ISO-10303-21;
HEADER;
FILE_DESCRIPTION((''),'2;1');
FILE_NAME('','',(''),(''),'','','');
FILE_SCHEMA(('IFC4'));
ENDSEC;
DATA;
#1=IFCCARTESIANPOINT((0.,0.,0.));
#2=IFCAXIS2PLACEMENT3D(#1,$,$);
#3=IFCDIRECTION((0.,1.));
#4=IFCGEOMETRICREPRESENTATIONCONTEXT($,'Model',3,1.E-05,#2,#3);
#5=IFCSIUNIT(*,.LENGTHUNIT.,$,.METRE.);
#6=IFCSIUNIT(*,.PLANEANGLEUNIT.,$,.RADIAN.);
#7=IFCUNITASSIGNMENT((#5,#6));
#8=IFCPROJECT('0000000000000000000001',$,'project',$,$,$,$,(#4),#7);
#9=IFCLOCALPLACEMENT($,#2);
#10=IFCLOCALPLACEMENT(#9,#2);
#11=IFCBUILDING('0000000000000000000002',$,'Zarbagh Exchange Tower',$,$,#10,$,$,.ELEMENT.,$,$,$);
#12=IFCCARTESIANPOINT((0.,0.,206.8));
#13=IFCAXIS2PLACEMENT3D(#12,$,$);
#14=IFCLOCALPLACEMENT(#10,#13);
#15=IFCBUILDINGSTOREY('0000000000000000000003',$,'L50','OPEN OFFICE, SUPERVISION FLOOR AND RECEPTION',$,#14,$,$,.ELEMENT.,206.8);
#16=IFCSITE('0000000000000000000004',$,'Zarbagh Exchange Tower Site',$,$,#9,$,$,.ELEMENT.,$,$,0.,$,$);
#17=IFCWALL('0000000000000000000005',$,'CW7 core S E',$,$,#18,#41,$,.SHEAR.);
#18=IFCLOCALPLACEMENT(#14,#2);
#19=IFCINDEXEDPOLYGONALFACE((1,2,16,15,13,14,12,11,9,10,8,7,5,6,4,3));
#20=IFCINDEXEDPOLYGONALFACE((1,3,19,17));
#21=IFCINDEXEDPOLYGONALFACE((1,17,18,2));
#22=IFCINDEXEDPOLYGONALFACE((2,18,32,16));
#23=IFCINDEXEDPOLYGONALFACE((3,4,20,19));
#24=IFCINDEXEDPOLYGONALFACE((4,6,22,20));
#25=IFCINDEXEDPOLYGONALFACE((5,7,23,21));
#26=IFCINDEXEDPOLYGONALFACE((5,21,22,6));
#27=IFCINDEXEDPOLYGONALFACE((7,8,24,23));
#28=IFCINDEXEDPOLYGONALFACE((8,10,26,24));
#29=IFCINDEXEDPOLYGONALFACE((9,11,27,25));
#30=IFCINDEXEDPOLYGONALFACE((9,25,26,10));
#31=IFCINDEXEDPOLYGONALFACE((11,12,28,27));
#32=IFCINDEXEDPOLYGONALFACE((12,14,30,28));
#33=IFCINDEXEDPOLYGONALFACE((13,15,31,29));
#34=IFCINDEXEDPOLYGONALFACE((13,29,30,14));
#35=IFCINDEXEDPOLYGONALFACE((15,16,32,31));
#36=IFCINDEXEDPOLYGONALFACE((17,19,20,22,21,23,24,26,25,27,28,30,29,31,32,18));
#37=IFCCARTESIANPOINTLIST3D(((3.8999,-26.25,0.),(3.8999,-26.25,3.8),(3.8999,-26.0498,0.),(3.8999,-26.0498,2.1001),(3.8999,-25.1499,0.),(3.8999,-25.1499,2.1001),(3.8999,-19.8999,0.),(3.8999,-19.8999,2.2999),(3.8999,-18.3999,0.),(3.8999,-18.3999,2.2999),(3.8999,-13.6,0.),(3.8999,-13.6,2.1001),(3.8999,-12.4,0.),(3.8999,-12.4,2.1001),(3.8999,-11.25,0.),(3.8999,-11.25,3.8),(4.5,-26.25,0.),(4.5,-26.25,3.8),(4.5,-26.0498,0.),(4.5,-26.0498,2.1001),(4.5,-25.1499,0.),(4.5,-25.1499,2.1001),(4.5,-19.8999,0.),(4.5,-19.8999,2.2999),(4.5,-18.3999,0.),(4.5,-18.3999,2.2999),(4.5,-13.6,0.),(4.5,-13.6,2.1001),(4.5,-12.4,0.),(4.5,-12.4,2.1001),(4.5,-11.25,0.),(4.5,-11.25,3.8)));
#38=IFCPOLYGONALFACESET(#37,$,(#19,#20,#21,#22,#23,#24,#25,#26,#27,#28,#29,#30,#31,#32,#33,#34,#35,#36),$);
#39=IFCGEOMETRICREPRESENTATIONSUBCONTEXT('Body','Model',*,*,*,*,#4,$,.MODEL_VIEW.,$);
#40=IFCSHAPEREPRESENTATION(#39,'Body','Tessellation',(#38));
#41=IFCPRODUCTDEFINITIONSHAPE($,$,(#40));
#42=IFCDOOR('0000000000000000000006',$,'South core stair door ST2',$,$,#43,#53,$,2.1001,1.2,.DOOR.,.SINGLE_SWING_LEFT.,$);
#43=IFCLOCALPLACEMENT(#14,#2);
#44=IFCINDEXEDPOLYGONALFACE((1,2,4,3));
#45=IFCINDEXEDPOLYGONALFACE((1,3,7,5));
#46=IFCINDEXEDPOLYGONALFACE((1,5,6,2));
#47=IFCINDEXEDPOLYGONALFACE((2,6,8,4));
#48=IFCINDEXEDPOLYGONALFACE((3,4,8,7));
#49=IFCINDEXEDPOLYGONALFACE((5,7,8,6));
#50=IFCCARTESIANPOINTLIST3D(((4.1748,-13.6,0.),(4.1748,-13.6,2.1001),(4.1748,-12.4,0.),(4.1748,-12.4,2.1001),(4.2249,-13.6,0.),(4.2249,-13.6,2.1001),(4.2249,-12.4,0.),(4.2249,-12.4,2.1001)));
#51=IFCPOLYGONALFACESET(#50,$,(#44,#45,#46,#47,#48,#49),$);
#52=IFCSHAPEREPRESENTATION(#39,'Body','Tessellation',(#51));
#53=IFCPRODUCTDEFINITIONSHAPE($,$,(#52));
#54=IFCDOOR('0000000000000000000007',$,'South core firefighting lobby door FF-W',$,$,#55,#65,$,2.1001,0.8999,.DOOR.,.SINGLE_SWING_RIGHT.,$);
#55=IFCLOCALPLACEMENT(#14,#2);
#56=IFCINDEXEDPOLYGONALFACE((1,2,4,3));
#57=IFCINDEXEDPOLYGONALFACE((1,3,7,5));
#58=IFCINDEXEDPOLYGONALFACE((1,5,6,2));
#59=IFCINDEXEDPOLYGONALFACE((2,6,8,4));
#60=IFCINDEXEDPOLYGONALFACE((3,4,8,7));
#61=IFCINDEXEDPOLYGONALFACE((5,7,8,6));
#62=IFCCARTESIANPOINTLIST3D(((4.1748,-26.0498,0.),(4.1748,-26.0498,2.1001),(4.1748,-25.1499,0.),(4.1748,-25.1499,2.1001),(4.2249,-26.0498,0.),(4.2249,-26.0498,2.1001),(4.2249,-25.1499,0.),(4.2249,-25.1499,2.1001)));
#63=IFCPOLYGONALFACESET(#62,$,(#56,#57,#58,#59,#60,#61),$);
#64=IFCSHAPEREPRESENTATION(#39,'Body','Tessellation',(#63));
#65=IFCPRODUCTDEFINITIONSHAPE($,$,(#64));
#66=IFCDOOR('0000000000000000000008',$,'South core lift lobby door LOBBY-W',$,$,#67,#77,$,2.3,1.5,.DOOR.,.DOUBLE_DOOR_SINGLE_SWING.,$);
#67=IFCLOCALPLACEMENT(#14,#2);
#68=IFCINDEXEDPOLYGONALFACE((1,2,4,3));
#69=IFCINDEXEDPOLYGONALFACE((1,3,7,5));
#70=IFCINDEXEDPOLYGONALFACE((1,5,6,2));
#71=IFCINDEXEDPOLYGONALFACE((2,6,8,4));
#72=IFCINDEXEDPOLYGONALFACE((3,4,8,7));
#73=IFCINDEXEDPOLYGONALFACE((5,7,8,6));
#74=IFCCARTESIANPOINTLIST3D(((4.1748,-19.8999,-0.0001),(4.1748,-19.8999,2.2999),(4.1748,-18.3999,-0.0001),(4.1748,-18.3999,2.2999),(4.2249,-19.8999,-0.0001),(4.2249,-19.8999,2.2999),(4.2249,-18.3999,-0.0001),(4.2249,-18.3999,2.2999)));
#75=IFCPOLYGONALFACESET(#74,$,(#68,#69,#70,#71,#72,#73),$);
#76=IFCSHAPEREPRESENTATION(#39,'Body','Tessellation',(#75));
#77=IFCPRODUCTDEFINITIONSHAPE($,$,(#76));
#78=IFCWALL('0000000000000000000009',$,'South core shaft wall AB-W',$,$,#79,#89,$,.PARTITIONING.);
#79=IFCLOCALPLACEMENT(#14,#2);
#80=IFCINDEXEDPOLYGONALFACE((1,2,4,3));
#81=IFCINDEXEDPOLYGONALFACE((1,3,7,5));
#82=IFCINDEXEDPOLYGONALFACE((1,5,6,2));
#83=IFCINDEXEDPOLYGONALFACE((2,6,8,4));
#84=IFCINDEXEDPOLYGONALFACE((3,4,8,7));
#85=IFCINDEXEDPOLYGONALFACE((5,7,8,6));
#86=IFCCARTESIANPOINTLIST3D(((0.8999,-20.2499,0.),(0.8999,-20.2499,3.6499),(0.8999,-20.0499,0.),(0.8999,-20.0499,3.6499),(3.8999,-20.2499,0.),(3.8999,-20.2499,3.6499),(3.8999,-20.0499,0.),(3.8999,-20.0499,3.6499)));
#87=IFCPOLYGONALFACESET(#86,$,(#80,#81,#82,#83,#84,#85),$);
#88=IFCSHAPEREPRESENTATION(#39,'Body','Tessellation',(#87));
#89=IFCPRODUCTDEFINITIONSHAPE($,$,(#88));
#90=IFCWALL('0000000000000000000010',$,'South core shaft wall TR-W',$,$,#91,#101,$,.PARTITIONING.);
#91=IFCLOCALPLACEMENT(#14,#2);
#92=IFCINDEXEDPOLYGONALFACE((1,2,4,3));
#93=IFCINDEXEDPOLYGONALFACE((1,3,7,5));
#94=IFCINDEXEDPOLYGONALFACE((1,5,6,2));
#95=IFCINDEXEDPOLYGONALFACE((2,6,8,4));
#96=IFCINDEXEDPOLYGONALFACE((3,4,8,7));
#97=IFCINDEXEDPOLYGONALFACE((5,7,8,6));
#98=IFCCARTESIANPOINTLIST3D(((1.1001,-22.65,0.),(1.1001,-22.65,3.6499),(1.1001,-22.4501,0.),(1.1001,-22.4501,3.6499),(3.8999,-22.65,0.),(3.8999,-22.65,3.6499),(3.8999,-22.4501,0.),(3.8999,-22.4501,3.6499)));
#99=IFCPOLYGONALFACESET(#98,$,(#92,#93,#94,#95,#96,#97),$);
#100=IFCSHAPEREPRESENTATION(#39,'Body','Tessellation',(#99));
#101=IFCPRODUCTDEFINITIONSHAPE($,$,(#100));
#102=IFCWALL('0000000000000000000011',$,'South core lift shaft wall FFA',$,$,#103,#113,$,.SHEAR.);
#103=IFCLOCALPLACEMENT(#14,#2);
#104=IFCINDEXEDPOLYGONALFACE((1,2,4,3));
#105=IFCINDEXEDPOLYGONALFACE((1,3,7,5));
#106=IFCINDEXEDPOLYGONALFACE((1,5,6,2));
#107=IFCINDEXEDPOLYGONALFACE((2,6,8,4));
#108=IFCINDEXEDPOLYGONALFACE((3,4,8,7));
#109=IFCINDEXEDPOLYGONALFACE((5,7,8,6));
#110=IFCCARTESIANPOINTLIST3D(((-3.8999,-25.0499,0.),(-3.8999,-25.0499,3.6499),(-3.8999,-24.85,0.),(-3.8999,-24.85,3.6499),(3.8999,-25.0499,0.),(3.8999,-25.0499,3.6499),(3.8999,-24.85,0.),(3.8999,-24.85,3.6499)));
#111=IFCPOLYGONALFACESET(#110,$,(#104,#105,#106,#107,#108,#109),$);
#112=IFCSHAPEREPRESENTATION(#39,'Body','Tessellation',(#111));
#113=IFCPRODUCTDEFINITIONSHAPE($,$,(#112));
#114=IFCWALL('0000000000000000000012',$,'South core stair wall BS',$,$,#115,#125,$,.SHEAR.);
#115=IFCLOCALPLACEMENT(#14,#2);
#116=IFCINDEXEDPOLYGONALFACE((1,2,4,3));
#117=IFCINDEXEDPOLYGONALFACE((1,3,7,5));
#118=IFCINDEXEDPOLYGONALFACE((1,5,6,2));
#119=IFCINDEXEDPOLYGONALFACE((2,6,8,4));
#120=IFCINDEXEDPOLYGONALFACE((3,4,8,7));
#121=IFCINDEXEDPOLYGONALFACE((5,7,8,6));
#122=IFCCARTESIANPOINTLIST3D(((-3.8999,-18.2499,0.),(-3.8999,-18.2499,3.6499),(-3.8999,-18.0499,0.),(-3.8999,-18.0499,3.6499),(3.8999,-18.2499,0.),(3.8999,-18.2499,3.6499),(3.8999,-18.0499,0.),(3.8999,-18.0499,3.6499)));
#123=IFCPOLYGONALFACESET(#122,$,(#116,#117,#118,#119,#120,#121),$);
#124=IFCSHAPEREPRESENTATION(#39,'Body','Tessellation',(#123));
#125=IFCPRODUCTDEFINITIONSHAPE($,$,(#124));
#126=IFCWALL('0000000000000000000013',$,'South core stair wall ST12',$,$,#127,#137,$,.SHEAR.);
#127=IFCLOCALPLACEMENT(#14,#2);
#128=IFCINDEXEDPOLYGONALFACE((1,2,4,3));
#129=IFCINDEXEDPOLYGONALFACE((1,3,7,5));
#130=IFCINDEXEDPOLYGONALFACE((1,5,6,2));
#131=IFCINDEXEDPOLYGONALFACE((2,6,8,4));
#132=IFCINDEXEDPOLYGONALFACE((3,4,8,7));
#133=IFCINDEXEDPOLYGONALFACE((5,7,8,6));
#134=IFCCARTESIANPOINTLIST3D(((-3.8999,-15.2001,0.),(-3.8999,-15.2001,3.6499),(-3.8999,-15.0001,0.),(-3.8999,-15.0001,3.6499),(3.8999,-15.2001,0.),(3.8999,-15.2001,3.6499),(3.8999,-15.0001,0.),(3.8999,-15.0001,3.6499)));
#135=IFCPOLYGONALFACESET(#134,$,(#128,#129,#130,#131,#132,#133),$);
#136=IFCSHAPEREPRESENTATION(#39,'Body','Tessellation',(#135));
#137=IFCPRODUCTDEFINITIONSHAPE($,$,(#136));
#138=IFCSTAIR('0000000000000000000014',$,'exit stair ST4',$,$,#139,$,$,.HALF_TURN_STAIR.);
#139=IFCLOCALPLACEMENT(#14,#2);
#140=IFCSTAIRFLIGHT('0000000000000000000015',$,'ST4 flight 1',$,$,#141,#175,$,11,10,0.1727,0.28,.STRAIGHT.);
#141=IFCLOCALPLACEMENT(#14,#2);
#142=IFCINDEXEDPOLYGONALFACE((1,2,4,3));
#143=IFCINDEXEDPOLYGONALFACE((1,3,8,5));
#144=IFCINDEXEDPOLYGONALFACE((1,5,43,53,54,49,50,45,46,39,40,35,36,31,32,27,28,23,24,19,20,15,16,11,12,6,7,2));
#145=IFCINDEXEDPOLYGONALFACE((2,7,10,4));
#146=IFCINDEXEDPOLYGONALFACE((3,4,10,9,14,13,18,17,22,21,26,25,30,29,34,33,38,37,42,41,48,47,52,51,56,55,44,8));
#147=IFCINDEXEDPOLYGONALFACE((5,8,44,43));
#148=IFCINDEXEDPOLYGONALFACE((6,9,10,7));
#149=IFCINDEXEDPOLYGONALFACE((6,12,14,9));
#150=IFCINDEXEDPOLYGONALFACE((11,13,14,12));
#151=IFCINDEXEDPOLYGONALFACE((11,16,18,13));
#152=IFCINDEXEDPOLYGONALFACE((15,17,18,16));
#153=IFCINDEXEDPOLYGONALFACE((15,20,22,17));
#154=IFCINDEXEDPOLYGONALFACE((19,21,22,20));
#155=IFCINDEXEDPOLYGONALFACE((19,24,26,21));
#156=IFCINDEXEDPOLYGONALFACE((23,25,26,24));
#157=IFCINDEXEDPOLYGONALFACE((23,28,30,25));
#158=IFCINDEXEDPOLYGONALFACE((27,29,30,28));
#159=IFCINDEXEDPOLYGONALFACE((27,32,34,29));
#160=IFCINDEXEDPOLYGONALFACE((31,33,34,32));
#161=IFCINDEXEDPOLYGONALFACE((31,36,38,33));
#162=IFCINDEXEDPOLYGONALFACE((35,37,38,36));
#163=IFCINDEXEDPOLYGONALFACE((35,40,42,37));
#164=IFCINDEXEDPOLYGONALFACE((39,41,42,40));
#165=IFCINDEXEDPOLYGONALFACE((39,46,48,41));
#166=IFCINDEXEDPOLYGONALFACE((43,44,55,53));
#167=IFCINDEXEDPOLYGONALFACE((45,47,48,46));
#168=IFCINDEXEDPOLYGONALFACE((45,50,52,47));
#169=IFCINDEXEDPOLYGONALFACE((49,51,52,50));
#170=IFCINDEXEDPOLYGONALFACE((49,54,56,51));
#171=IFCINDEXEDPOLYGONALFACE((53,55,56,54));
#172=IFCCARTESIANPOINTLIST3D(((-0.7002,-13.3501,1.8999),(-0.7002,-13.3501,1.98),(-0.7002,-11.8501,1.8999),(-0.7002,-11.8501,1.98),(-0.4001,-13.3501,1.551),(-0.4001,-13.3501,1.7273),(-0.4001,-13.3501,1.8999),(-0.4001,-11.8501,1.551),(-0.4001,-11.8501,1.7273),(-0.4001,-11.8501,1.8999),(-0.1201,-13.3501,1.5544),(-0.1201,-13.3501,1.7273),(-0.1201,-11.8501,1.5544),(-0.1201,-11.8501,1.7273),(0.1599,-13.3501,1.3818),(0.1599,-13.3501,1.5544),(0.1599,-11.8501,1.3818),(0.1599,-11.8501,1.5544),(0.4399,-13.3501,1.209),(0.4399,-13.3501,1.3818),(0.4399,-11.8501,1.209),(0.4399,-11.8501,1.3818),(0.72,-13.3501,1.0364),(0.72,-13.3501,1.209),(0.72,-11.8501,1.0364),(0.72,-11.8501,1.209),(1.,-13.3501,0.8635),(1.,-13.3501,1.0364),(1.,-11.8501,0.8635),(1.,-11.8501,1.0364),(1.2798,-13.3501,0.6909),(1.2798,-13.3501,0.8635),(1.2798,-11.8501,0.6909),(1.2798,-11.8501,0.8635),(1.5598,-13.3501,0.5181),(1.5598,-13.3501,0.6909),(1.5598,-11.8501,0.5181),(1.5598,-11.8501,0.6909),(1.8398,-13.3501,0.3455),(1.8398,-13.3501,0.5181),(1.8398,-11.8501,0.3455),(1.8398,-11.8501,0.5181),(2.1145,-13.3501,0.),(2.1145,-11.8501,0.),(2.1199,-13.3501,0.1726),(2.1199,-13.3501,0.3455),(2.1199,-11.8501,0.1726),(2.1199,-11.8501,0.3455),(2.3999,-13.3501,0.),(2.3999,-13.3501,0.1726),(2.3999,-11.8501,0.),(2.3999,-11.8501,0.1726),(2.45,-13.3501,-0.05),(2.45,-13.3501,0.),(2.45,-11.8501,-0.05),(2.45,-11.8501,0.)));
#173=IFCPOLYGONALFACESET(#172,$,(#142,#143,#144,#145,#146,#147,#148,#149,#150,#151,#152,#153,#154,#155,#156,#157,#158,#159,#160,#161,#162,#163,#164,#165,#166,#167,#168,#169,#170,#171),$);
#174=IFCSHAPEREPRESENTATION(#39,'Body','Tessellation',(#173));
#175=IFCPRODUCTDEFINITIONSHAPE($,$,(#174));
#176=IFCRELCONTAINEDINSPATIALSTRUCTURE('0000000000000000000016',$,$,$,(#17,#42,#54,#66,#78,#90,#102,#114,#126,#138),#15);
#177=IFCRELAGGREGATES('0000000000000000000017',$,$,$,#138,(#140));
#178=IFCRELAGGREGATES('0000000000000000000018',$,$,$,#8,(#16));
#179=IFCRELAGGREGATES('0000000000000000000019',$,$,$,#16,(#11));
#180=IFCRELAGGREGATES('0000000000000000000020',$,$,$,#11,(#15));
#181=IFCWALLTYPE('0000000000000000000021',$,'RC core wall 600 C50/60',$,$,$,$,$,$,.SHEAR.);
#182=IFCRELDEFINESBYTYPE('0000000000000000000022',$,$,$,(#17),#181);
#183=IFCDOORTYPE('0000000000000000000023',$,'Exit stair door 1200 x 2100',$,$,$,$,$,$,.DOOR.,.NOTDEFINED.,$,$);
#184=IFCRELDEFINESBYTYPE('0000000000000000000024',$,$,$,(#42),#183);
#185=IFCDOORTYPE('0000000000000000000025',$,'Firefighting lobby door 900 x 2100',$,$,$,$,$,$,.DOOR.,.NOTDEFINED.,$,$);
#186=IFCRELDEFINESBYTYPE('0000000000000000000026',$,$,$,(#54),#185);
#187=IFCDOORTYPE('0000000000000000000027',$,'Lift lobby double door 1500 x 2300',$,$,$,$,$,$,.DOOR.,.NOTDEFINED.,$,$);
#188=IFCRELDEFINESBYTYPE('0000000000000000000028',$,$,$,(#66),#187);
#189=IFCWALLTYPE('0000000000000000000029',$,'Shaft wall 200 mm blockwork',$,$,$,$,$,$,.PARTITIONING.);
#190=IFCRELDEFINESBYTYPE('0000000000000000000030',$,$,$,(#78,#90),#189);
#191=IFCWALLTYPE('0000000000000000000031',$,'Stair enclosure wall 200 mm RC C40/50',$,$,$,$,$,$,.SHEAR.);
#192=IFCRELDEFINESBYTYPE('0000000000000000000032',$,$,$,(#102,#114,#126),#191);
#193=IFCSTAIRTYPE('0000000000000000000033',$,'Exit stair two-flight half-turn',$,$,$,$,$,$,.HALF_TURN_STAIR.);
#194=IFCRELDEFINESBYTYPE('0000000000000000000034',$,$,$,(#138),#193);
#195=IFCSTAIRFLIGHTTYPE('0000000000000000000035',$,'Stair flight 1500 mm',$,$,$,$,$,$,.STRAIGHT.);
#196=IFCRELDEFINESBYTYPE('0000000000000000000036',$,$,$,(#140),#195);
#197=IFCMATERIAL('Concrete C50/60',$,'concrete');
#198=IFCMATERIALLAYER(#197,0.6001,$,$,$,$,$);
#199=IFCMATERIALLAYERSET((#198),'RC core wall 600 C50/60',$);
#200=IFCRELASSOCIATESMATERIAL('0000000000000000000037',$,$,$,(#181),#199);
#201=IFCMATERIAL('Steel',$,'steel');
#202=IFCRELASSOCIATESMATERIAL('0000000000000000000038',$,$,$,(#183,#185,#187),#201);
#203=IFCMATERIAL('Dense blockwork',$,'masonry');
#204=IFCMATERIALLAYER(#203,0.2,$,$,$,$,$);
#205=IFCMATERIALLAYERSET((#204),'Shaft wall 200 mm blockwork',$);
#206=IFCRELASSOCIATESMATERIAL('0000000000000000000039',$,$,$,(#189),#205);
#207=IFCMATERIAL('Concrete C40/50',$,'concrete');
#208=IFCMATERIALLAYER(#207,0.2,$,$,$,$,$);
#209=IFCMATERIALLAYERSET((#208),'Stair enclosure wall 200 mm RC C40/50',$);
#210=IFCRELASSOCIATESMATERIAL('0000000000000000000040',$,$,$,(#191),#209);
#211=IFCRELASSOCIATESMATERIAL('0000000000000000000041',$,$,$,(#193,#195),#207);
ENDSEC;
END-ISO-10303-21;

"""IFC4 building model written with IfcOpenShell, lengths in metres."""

from ifc_helpers import new_model, si_unit, direction, frame, frame_2d, origin, place, context, subcontext, project, spatial, polyline, rectangle, outline, extrude, material, layer, layer_set, type_object, element, fill, aggregate, save


model = new_model("IFC4")

# Units and contexts
model_context = context("Model", 3, precision=1e-05, world=origin(), true_north=direction((0.0, 1.0)))
body_context = subcontext(model_context, "Body", "Model", "MODEL_VIEW")
ifc_project = project(units=[si_unit("LENGTHUNIT", "METRE"), si_unit("PLANEANGLEUNIT", "RADIAN")], contexts=[model_context])

# Site, building, storey
site_placement = place(None, origin())
site = spatial("IfcSite", under=ifc_project, at=site_placement, Name="Zarbagh Exchange Tower Site", CompositionType="ELEMENT", RefElevation=0.0)
building_placement = place(site_placement, origin())
building = spatial("IfcBuilding", under=site, at=building_placement, Name="Zarbagh Exchange Tower", CompositionType="ELEMENT")
storey_placement = place(building_placement, frame((0.0, 0.0, 206.8)))
storey = spatial("IfcBuildingStorey", under=building, at=storey_placement, Name="L50", Description="OPEN OFFICE, SUPERVISION FLOOR AND RECEPTION", CompositionType="ELEMENT", Elevation=206.8)

# Shared definitions
ifc_material_1 = material(Name="Concrete C50/60", Category="concrete")

# Wall, openings, doors
ifc_layer_1 = layer(ifc_material_1, 0.6001)
ifc_layer_set_1 = layer_set([ifc_layer_1], Name="RC core wall 600 C50/60")
wall_type_1 = type_object("IfcWallType", Name="RC core wall 600 C50/60", PredefinedType="SHEAR", material=ifc_layer_set_1)
wall_1_placement = place(storey_placement, frame((4.2, -11.25, 0.0), z_axis=(0.0, 0.0, 1.0), x_axis=(0.0, -1.0, 0.0)))
wall_1 = element("IfcWall", 1, at=wall_1_placement, inside=storey, type_object=wall_type_1, Name="CW7 core S E", PredefinedType="SHEAR", context=body_context, shape_type="SweptSolid", body=[
    extrude(rectangle(XDim=15.0, YDim=0.6001, at=frame_2d((7.5, 0.0))), origin(), (0.0, 0.0, 1.0), 3.8),
])
opening_1_placement = place(wall_1_placement, frame((7.1499, 0.0, 0.0)))
opening_1 = element("IfcOpeningElement", 2, at=opening_1_placement, cuts=wall_1, PredefinedType="OPENING", context=body_context, shape_type="SweptSolid", body=[
    extrude(rectangle(XDim=1.5, YDim=2.3, at=frame_2d((0.75, 1.1499))), frame((0.0, 0.3101, 0.0), z_axis=(0.0, -1.0, 0.0), x_axis=(1.0, 0.0, 0.0)), (0.0, 0.0, 1.0), 0.6201),
])
opening_2_placement = place(wall_1_placement, frame((13.8999, 0.0, 0.0)))
opening_2 = element("IfcOpeningElement", 3, at=opening_2_placement, cuts=wall_1, PredefinedType="OPENING", context=body_context, shape_type="SweptSolid", body=[
    extrude(rectangle(XDim=0.8999, YDim=2.1001, at=frame_2d((0.45, 1.05))), frame((0.0, 0.3101, 0.0), z_axis=(0.0, -1.0, 0.0), x_axis=(1.0, 0.0, 0.0)), (0.0, 0.0, 1.0), 0.6201),
])
opening_3_placement = place(wall_1_placement, frame((1.1499, 0.0, 0.0)))
opening_3 = element("IfcOpeningElement", 4, at=opening_3_placement, cuts=wall_1, PredefinedType="OPENING", context=body_context, shape_type="SweptSolid", body=[
    extrude(rectangle(XDim=1.2, YDim=2.1001, at=frame_2d((0.6001, 1.05))), frame((0.0, 0.3101, 0.0), z_axis=(0.0, -1.0, 0.0), x_axis=(1.0, 0.0, 0.0)), (0.0, 0.0, 1.0), 0.6201),
])
ifc_material_2 = material(Name="Steel", Category="steel")
door_type_1 = type_object("IfcDoorType", Name="Exit stair door 1200 x 2100", OperationType="NOTDEFINED", PredefinedType="DOOR", material=ifc_material_2)
door_1_placement = place(opening_3_placement, origin())
door_1 = element("IfcDoor", 5, at=door_1_placement, inside=storey, type_object=door_type_1, Name="South core stair door ST2", OperationType="SINGLE_SWING_LEFT", OverallHeight=2.1001, OverallWidth=1.2, PredefinedType="DOOR", context=body_context, shape_type="SweptSolid", body=[
    extrude(rectangle(XDim=1.2, YDim=2.1001, at=frame_2d((0.6001, 1.05))), frame((0.0, 0.0249, 0.0), z_axis=(0.0, -1.0, 0.0), x_axis=(1.0, 0.0, 0.0)), (0.0, 0.0, 1.0), 0.05),
])
fill(opening_3, door_1)
door_type_2 = type_object("IfcDoorType", Name="Firefighting lobby door 900 x 2100", OperationType="NOTDEFINED", PredefinedType="DOOR", material=ifc_material_2)
door_2_placement = place(opening_2_placement, origin())
door_2 = element("IfcDoor", 6, at=door_2_placement, inside=storey, type_object=door_type_2, Name="South core firefighting lobby door FF-W", OperationType="SINGLE_SWING_RIGHT", OverallHeight=2.1001, OverallWidth=0.8999, PredefinedType="DOOR", context=body_context, shape_type="SweptSolid", body=[
    extrude(rectangle(XDim=0.8999, YDim=2.1001, at=frame_2d((0.45, 1.05))), frame((0.0, 0.0249, 0.0), z_axis=(0.0, -1.0, 0.0), x_axis=(1.0, 0.0, 0.0)), (0.0, 0.0, 1.0), 0.05),
])
fill(opening_2, door_2)
door_type_3 = type_object("IfcDoorType", Name="Lift lobby double door 1500 x 2300", OperationType="NOTDEFINED", PredefinedType="DOOR", material=ifc_material_2)
door_3_placement = place(opening_1_placement, origin())
door_3 = element("IfcDoor", 7, at=door_3_placement, inside=storey, type_object=door_type_3, Name="South core lift lobby door LOBBY-W", OperationType="DOUBLE_DOOR_SINGLE_SWING", OverallHeight=2.3, OverallWidth=1.5, PredefinedType="DOOR", context=body_context, shape_type="SweptSolid", body=[
    extrude(rectangle(XDim=1.5, YDim=2.3, at=frame_2d((0.75, 1.1499))), frame((0.0, 0.0249, 0.0), z_axis=(0.0, -1.0, 0.0), x_axis=(1.0, 0.0, 0.0)), (0.0, 0.0, 1.0), 0.05),
])
fill(opening_1, door_3)

# Walls
ifc_material_3 = material(Name="Dense blockwork", Category="masonry")
ifc_layer_2 = layer(ifc_material_3, 0.2)
ifc_layer_set_2 = layer_set([ifc_layer_2], Name="Shaft wall 200 mm blockwork")
wall_type_2 = type_object("IfcWallType", Name="Shaft wall 200 mm blockwork", PredefinedType="PARTITIONING", material=ifc_layer_set_2)
wall_2_placement = place(storey_placement, frame((3.8999, -20.1499, 0.0), z_axis=(0.0, 0.0, 1.0), x_axis=(-1.0, 0.0, 0.0)))
element("IfcWall", 8, at=wall_2_placement, inside=storey, type_object=wall_type_2, Name="South core shaft wall AB-W", PredefinedType="PARTITIONING", context=body_context, shape_type="SweptSolid", body=[
    extrude(rectangle(XDim=3.0, YDim=0.2, at=frame_2d((1.5, 0.0))), origin(), (0.0, 0.0, 1.0), 3.6499),
])
wall_3_placement = place(storey_placement, frame((3.8999, -22.55, 0.0), z_axis=(0.0, 0.0, 1.0), x_axis=(-1.0, 0.0, 0.0)))
element("IfcWall", 9, at=wall_3_placement, inside=storey, type_object=wall_type_2, Name="South core shaft wall TR-W", PredefinedType="PARTITIONING", context=body_context, shape_type="SweptSolid", body=[
    extrude(rectangle(XDim=2.7998, YDim=0.2, at=frame_2d((1.3999, 0.0))), origin(), (0.0, 0.0, 1.0), 3.6499),
])
ifc_material_4 = material(Name="Concrete C40/50", Category="concrete")
ifc_layer_3 = layer(ifc_material_4, 0.2)
ifc_layer_set_3 = layer_set([ifc_layer_3], Name="Stair enclosure wall 200 mm RC C40/50")
wall_type_3 = type_object("IfcWallType", Name="Stair enclosure wall 200 mm RC C40/50", PredefinedType="SHEAR", material=ifc_layer_set_3)
for number, where, z_axis, x_axis, name in (
    (10, (3.8999, -24.95, 0.0), (0.0, 0.0, 1.0), (-1.0, 0.0, 0.0), "South core lift shaft wall FFA"),
    (11, (3.8999, -18.1499, 0.0), (0.0, 0.0, 1.0), (-1.0, 0.0, 0.0), "South core stair wall BS"),
    (12, (3.8999, -15.1001, 0.0), (0.0, 0.0, 1.0), (-1.0, 0.0, 0.0), "South core stair wall ST12"),
):
    element("IfcWall", number, at=place(storey_placement, frame(where, z_axis=z_axis, x_axis=x_axis)), inside=storey, type_object=wall_type_3, Name=name, PredefinedType="SHEAR", context=body_context, shape_type="SweptSolid", body=[
        extrude(rectangle(XDim=7.7998, YDim=0.2, at=frame_2d((3.8999, 0.0))), origin(), (0.0, 0.0, 1.0), 3.6499),
    ])

# Stair, stair flight
stair_type = type_object("IfcStairType", Name="Exit stair two-flight half-turn", PredefinedType="HALF_TURN_STAIR", material=ifc_material_4)
stair_placement = place(storey_placement, origin())
stair = element("IfcStair", 13, at=stair_placement, inside=storey, type_object=stair_type, Name="exit stair ST4", PredefinedType="HALF_TURN_STAIR")
stair_flight_type = type_object("IfcStairFlightType", Name="Stair flight 1500 mm", PredefinedType="STRAIGHT", material=ifc_material_4)
stair_flight_placement = place(storey_placement, frame((2.3999, -12.6001, 0.0), z_axis=(0.0, 0.0, 1.0), x_axis=(-1.0, 0.0, 0.0)))
stair_flight = element("IfcStairFlight", 14, at=stair_flight_placement, type_object=stair_flight_type, Name="ST4 flight 1", NumberOfRisers=11, NumberOfTreads=10, PredefinedType="STRAIGHT", RiserHeight=0.1727, TreadLength=0.28, context=body_context, shape_type="SweptSolid", body=[
    extrude(outline(polyline([(-0.05, -0.05), (-0.05, 0.0), (0.0, 0.0), (0.0, 0.1726), (0.28, 0.1726), (0.28, 0.3455), (0.5601, 0.3455), (0.5601, 0.5181), (0.8401, 0.5181), (0.8401, 0.6909), (1.1201, 0.6909), (1.1201, 0.8635), (1.3999, 0.8635), (1.3999, 1.0364), (1.6799, 1.0364), (1.6799, 1.209), (1.96, 1.209), (1.96, 1.3818), (2.24, 1.3818), (2.24, 1.5544), (2.52, 1.5544), (2.52, 1.7273), (2.8, 1.7273), (2.8, 1.8999), (3.1001, 1.98), (3.1001, 1.8999), (2.8, 1.551), (0.2854, 0.0), (-0.05, -0.05)])), frame((0.0, 0.75, 0.0), z_axis=(0.0, -1.0, 0.0), x_axis=(1.0, 0.0, 0.0)), (0.0, 0.0, 1.0), 1.5),
])
aggregate(stair, [stair_flight])

save(model, "model.ifc")
